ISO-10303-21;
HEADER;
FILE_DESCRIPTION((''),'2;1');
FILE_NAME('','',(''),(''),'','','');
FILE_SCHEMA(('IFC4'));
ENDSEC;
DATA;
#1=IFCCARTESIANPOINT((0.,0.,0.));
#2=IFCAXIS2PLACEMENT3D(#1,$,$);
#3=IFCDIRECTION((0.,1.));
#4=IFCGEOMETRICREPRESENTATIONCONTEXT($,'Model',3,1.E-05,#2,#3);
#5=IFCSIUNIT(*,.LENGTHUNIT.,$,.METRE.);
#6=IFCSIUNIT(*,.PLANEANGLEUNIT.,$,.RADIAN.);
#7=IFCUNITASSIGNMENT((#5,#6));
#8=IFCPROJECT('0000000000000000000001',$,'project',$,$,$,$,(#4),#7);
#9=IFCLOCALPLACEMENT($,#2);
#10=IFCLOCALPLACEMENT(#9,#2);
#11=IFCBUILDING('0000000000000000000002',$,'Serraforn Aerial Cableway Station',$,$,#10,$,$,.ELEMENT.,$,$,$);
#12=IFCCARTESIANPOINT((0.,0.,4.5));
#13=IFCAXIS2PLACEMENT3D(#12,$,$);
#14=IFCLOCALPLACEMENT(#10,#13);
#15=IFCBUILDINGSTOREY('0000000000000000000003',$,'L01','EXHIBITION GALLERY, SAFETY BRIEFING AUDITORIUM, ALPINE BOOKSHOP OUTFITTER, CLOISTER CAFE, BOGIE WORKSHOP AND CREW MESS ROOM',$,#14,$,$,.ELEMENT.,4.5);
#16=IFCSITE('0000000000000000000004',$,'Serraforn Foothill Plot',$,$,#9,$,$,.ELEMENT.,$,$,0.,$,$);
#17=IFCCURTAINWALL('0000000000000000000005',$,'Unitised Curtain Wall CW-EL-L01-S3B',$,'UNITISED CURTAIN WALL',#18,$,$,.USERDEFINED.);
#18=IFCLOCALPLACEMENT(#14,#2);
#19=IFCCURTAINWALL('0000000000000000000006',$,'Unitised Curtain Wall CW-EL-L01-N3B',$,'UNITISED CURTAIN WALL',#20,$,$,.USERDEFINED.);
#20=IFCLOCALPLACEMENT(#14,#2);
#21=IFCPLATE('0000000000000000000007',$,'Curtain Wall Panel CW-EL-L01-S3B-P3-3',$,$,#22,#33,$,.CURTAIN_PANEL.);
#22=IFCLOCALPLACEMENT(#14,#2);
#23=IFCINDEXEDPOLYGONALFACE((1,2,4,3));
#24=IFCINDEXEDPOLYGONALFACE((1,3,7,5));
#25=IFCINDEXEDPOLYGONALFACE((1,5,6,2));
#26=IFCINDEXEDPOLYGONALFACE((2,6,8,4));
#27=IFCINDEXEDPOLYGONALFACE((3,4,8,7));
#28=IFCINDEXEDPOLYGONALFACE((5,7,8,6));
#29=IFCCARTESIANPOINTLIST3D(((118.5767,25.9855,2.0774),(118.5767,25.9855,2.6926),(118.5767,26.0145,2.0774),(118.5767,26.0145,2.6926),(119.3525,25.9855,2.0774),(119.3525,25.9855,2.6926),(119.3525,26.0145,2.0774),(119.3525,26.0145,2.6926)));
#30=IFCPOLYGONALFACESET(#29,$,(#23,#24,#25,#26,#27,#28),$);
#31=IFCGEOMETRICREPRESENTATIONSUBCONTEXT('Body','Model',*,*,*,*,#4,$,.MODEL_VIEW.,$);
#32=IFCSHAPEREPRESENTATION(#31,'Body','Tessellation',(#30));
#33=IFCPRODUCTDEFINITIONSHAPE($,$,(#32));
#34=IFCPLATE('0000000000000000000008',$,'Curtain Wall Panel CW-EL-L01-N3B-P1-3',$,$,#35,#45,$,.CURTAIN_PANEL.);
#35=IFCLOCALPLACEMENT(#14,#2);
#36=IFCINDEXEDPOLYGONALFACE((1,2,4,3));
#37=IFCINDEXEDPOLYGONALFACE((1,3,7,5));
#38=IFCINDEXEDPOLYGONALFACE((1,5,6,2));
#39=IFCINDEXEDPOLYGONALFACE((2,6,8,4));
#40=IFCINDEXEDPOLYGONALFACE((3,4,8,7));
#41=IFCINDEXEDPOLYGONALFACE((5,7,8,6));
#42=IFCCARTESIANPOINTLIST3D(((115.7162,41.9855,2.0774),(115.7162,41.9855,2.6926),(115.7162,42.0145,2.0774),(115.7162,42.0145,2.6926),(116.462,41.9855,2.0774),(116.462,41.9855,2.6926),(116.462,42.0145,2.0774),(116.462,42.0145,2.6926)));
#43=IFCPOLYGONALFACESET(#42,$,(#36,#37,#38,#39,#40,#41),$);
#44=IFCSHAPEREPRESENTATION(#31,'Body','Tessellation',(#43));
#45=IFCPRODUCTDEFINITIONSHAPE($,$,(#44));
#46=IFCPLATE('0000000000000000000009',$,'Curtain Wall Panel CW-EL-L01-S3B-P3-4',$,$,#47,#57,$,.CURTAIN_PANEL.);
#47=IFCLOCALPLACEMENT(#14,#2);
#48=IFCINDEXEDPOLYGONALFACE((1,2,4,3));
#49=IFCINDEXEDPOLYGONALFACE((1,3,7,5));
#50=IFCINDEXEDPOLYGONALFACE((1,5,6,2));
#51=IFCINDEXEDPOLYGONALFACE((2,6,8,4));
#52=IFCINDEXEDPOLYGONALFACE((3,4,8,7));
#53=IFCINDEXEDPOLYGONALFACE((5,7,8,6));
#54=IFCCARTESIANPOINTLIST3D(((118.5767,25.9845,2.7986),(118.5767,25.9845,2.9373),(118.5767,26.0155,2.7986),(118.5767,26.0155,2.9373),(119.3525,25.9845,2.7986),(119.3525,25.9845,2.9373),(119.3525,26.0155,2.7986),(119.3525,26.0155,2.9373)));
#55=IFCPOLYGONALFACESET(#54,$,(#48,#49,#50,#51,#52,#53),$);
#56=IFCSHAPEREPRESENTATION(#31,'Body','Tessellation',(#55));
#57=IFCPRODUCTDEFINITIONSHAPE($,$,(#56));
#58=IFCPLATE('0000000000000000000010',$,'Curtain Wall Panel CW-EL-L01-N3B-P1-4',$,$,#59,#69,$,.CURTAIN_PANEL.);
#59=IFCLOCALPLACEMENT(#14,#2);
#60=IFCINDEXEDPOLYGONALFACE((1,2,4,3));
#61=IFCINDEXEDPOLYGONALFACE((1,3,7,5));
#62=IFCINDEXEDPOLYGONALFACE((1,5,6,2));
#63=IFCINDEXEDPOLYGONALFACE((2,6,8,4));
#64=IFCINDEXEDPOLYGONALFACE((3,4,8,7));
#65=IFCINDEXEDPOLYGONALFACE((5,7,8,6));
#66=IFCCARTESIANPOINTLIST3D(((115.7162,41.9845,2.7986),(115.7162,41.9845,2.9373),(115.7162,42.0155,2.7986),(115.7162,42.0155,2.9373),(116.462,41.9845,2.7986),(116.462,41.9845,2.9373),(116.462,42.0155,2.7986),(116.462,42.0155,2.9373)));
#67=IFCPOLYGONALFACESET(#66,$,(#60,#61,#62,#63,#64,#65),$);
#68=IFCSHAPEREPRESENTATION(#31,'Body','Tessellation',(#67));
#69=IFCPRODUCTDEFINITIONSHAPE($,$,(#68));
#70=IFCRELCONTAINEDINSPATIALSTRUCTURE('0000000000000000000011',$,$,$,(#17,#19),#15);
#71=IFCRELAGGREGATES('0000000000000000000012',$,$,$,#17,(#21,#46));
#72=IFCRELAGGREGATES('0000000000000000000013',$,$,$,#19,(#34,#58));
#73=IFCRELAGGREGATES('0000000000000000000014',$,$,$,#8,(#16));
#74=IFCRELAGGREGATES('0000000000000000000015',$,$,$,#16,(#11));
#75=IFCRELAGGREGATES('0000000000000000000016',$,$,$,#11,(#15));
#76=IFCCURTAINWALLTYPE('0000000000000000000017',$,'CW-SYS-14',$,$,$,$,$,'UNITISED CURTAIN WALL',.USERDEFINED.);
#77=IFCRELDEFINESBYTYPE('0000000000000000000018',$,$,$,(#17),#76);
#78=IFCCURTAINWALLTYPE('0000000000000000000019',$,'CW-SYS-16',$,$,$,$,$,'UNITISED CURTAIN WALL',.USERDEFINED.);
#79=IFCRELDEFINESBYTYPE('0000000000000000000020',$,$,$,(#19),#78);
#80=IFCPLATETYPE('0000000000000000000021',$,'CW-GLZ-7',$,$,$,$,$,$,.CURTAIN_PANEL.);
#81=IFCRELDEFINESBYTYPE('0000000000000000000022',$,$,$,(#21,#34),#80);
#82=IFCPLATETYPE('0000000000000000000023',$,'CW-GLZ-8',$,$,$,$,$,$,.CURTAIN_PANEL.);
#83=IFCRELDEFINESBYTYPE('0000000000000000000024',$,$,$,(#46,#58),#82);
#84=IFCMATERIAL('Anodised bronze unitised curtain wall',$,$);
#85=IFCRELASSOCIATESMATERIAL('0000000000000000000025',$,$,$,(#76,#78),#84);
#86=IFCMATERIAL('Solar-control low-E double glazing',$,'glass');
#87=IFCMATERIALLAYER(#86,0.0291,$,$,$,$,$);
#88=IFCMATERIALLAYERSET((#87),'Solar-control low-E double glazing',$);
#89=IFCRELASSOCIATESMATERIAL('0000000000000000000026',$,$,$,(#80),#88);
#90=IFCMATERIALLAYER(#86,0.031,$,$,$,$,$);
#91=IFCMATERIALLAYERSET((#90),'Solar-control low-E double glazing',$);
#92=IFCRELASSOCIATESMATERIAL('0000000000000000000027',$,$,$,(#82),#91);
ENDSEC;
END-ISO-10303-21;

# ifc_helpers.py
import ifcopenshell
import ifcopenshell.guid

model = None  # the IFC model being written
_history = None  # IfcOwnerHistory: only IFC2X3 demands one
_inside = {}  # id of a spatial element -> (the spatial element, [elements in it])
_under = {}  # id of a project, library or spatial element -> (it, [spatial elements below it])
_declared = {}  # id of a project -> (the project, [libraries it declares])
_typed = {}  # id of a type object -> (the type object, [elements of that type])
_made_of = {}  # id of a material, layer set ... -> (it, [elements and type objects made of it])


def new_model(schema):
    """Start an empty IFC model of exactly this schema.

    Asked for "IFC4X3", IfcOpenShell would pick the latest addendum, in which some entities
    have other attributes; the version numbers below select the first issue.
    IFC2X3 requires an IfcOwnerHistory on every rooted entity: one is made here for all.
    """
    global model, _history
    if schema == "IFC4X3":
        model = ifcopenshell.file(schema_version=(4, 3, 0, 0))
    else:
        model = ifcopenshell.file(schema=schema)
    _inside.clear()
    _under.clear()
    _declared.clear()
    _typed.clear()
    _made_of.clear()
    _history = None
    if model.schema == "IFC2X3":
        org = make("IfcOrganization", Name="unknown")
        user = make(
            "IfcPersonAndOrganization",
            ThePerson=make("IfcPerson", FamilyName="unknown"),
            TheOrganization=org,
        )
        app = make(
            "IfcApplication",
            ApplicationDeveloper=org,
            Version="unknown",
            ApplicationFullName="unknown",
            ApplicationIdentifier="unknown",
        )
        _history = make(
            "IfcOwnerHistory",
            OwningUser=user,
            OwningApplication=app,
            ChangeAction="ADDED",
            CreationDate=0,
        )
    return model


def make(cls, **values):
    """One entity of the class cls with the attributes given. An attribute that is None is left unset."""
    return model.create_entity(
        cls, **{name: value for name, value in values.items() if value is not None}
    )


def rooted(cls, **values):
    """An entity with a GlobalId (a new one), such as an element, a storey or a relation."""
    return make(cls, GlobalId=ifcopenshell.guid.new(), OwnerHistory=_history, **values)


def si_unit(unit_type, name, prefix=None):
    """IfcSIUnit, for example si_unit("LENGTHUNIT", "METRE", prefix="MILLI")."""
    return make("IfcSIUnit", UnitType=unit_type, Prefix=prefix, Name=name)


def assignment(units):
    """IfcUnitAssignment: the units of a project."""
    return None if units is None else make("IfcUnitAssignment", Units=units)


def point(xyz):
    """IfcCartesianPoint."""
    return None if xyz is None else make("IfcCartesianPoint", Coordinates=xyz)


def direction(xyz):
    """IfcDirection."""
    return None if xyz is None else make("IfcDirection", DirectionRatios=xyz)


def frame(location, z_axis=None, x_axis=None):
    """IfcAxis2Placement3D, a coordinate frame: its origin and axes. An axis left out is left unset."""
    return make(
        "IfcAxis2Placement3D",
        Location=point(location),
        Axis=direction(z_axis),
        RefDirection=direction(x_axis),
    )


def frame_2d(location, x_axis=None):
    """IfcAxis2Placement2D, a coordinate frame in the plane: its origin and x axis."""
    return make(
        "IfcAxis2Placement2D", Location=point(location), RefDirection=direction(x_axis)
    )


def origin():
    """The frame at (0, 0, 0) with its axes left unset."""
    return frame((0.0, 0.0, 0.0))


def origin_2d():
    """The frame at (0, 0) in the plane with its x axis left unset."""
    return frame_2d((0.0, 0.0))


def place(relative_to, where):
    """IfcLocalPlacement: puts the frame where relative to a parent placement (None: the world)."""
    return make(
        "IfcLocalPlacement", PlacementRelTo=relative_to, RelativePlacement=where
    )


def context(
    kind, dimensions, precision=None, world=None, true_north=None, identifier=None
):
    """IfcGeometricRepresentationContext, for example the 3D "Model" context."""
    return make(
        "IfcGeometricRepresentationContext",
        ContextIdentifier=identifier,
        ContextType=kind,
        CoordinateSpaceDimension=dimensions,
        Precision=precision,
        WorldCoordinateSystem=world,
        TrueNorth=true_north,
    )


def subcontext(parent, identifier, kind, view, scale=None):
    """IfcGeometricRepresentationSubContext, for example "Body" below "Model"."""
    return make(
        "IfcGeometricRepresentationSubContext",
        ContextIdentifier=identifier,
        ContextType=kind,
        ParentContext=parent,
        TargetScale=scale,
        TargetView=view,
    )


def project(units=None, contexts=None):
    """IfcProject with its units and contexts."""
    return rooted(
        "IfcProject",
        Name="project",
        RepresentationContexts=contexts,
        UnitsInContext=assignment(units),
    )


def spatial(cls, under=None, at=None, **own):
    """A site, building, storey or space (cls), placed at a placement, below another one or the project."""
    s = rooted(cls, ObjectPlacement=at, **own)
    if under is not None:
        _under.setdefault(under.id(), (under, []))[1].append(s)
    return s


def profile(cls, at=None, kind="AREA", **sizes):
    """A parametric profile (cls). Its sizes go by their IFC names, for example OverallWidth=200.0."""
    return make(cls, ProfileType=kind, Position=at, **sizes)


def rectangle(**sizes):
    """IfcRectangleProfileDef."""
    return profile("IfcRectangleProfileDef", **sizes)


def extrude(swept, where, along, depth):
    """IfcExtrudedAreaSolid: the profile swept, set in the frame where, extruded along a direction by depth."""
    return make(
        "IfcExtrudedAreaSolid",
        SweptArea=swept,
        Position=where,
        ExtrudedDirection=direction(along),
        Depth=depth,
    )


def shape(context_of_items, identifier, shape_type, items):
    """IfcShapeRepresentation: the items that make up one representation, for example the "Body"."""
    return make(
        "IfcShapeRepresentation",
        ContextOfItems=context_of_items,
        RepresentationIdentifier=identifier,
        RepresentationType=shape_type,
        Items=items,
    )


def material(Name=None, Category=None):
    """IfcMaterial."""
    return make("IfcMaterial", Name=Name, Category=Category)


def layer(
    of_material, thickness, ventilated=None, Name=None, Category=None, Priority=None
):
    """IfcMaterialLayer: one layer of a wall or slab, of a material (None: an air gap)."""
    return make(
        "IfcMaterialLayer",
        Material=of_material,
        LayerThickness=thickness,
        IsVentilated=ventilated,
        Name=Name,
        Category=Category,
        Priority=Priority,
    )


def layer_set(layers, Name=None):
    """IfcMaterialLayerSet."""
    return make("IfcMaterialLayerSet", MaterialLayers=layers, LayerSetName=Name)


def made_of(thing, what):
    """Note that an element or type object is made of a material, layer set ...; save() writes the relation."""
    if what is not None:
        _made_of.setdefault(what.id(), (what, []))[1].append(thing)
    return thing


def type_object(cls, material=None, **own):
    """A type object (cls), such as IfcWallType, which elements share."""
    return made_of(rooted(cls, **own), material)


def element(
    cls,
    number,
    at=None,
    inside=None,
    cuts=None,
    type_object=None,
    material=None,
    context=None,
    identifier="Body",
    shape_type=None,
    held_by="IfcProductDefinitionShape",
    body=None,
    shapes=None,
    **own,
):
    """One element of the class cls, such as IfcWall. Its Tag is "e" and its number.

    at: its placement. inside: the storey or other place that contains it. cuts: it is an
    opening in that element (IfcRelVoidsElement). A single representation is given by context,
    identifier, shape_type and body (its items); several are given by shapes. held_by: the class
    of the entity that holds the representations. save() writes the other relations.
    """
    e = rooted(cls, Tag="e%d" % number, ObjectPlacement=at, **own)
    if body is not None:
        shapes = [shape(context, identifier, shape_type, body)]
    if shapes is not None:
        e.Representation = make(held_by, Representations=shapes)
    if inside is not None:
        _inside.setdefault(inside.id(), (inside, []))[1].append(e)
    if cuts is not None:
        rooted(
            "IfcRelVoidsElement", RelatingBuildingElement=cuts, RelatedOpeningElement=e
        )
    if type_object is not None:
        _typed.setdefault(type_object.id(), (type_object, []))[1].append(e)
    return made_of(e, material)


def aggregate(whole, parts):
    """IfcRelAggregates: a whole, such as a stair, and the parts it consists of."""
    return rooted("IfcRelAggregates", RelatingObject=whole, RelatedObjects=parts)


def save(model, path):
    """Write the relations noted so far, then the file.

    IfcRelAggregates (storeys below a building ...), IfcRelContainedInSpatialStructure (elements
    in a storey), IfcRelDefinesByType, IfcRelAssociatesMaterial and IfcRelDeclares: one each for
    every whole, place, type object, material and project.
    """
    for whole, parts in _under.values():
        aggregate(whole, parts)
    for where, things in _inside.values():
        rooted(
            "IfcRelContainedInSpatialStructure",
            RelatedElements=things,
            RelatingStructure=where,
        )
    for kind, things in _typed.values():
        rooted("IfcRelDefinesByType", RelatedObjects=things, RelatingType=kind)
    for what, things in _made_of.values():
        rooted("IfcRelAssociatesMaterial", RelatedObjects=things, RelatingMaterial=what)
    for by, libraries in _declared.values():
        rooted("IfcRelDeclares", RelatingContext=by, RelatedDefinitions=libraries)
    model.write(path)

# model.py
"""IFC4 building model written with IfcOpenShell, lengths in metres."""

from ifc_helpers import new_model, si_unit, direction, frame, origin, origin_2d, place, context, subcontext, project, spatial, rectangle, extrude, material, layer, layer_set, type_object, element, aggregate, save


model = new_model("IFC4")

# Units and contexts
model_context = context("Model", 3, precision=1e-05, world=origin(), true_north=direction((0.0, 1.0)))
body_context = subcontext(model_context, "Body", "Model", "MODEL_VIEW")
ifc_project = project(units=[si_unit("LENGTHUNIT", "METRE"), si_unit("PLANEANGLEUNIT", "RADIAN")], contexts=[model_context])

# Site, building, storey
site_placement = place(None, origin())
site = spatial("IfcSite", under=ifc_project, at=site_placement, Name="Serraforn Foothill Plot", CompositionType="ELEMENT", RefElevation=0.0)
building_placement = place(site_placement, origin())
building = spatial("IfcBuilding", under=site, at=building_placement, Name="Serraforn Aerial Cableway Station", CompositionType="ELEMENT")
storey_placement = place(building_placement, frame((0.0, 0.0, 4.5)))
storey = spatial("IfcBuildingStorey", under=building, at=storey_placement, Name="L01", Description="EXHIBITION GALLERY, SAFETY BRIEFING AUDITORIUM, ALPINE BOOKSHOP OUTFITTER, CLOISTER CAFE, BOGIE WORKSHOP AND CREW MESS ROOM", CompositionType="ELEMENT", Elevation=4.5)

# Curtain wall
ifc_material_1 = material(Name="Anodised bronze unitised curtain wall")
curtain_wall_type_1 = type_object("IfcCurtainWallType", Name="CW-SYS-14", ElementType="UNITISED CURTAIN WALL", PredefinedType="USERDEFINED", material=ifc_material_1)
curtain_wall_1_placement = place(storey_placement, origin())
curtain_wall_1 = element("IfcCurtainWall", 1, at=curtain_wall_1_placement, inside=storey, type_object=curtain_wall_type_1, Name="Unitised Curtain Wall CW-EL-L01-S3B", ObjectType="UNITISED CURTAIN WALL", PredefinedType="USERDEFINED")

# Curtain wall
curtain_wall_type_2 = type_object("IfcCurtainWallType", Name="CW-SYS-16", ElementType="UNITISED CURTAIN WALL", PredefinedType="USERDEFINED", material=ifc_material_1)
curtain_wall_2_placement = place(storey_placement, origin())
curtain_wall_2 = element("IfcCurtainWall", 2, at=curtain_wall_2_placement, inside=storey, type_object=curtain_wall_type_2, Name="Unitised Curtain Wall CW-EL-L01-N3B", ObjectType="UNITISED CURTAIN WALL", PredefinedType="USERDEFINED")

# Plates
ifc_material_2 = material(Name="Solar-control low-E double glazing", Category="glass")
ifc_layer_1 = layer(ifc_material_2, 0.0291)
ifc_layer_set_1 = layer_set([ifc_layer_1], Name="Solar-control low-E double glazing")
plate_type_1 = type_object("IfcPlateType", Name="CW-GLZ-7", PredefinedType="CURTAIN_PANEL", material=ifc_layer_set_1)
plate_1_placement = place(storey_placement, frame((118.9646, 26.0, 2.0774), z_axis=(0.0, 0.0, 1.0), x_axis=(1.0, 0.0, 0.0)))
plate_1 = element("IfcPlate", 3, at=plate_1_placement, type_object=plate_type_1, Name="Curtain Wall Panel CW-EL-L01-S3B-P3-3", PredefinedType="CURTAIN_PANEL", context=body_context, shape_type="SweptSolid", body=[
    extrude(rectangle(XDim=0.7759, YDim=0.0291, at=origin_2d()), origin(), (0.0, 0.0, 1.0), 0.6152),
])
plate_2_placement = place(storey_placement, frame((116.0891, 42.0, 2.0774), z_axis=(0.0, 0.0, 1.0), x_axis=(1.0, 0.0, 0.0)))
plate_2 = element("IfcPlate", 4, at=plate_2_placement, type_object=plate_type_1, Name="Curtain Wall Panel CW-EL-L01-N3B-P1-3", PredefinedType="CURTAIN_PANEL", context=body_context, shape_type="SweptSolid", body=[
    extrude(rectangle(XDim=0.7458, YDim=0.0291, at=origin_2d()), origin(), (0.0, 0.0, 1.0), 0.6152),
])
ifc_layer_2 = layer(ifc_material_2, 0.031)
ifc_layer_set_2 = layer_set([ifc_layer_2], Name="Solar-control low-E double glazing")
plate_type_2 = type_object("IfcPlateType", Name="CW-GLZ-8", PredefinedType="CURTAIN_PANEL", material=ifc_layer_set_2)
plate_3_placement = place(storey_placement, frame((118.9646, 26.0, 2.7986), z_axis=(0.0, 0.0, 1.0), x_axis=(1.0, 0.0, 0.0)))
plate_3 = element("IfcPlate", 5, at=plate_3_placement, type_object=plate_type_2, Name="Curtain Wall Panel CW-EL-L01-S3B-P3-4", PredefinedType="CURTAIN_PANEL", context=body_context, shape_type="SweptSolid", body=[
    extrude(rectangle(XDim=0.7759, YDim=0.031, at=origin_2d()), origin(), (0.0, 0.0, 1.0), 0.1387),
])
aggregate(curtain_wall_1, [plate_1, plate_3])
plate_4_placement = place(storey_placement, frame((116.0891, 42.0, 2.7986), z_axis=(0.0, 0.0, 1.0), x_axis=(1.0, 0.0, 0.0)))
plate_4 = element("IfcPlate", 6, at=plate_4_placement, type_object=plate_type_2, Name="Curtain Wall Panel CW-EL-L01-N3B-P1-4", PredefinedType="CURTAIN_PANEL", context=body_context, shape_type="SweptSolid", body=[
    extrude(rectangle(XDim=0.7458, YDim=0.031, at=origin_2d()), origin(), (0.0, 0.0, 1.0), 0.1387),
])
aggregate(curtain_wall_2, [plate_2, plate_4])

save(model, "model.ifc")
